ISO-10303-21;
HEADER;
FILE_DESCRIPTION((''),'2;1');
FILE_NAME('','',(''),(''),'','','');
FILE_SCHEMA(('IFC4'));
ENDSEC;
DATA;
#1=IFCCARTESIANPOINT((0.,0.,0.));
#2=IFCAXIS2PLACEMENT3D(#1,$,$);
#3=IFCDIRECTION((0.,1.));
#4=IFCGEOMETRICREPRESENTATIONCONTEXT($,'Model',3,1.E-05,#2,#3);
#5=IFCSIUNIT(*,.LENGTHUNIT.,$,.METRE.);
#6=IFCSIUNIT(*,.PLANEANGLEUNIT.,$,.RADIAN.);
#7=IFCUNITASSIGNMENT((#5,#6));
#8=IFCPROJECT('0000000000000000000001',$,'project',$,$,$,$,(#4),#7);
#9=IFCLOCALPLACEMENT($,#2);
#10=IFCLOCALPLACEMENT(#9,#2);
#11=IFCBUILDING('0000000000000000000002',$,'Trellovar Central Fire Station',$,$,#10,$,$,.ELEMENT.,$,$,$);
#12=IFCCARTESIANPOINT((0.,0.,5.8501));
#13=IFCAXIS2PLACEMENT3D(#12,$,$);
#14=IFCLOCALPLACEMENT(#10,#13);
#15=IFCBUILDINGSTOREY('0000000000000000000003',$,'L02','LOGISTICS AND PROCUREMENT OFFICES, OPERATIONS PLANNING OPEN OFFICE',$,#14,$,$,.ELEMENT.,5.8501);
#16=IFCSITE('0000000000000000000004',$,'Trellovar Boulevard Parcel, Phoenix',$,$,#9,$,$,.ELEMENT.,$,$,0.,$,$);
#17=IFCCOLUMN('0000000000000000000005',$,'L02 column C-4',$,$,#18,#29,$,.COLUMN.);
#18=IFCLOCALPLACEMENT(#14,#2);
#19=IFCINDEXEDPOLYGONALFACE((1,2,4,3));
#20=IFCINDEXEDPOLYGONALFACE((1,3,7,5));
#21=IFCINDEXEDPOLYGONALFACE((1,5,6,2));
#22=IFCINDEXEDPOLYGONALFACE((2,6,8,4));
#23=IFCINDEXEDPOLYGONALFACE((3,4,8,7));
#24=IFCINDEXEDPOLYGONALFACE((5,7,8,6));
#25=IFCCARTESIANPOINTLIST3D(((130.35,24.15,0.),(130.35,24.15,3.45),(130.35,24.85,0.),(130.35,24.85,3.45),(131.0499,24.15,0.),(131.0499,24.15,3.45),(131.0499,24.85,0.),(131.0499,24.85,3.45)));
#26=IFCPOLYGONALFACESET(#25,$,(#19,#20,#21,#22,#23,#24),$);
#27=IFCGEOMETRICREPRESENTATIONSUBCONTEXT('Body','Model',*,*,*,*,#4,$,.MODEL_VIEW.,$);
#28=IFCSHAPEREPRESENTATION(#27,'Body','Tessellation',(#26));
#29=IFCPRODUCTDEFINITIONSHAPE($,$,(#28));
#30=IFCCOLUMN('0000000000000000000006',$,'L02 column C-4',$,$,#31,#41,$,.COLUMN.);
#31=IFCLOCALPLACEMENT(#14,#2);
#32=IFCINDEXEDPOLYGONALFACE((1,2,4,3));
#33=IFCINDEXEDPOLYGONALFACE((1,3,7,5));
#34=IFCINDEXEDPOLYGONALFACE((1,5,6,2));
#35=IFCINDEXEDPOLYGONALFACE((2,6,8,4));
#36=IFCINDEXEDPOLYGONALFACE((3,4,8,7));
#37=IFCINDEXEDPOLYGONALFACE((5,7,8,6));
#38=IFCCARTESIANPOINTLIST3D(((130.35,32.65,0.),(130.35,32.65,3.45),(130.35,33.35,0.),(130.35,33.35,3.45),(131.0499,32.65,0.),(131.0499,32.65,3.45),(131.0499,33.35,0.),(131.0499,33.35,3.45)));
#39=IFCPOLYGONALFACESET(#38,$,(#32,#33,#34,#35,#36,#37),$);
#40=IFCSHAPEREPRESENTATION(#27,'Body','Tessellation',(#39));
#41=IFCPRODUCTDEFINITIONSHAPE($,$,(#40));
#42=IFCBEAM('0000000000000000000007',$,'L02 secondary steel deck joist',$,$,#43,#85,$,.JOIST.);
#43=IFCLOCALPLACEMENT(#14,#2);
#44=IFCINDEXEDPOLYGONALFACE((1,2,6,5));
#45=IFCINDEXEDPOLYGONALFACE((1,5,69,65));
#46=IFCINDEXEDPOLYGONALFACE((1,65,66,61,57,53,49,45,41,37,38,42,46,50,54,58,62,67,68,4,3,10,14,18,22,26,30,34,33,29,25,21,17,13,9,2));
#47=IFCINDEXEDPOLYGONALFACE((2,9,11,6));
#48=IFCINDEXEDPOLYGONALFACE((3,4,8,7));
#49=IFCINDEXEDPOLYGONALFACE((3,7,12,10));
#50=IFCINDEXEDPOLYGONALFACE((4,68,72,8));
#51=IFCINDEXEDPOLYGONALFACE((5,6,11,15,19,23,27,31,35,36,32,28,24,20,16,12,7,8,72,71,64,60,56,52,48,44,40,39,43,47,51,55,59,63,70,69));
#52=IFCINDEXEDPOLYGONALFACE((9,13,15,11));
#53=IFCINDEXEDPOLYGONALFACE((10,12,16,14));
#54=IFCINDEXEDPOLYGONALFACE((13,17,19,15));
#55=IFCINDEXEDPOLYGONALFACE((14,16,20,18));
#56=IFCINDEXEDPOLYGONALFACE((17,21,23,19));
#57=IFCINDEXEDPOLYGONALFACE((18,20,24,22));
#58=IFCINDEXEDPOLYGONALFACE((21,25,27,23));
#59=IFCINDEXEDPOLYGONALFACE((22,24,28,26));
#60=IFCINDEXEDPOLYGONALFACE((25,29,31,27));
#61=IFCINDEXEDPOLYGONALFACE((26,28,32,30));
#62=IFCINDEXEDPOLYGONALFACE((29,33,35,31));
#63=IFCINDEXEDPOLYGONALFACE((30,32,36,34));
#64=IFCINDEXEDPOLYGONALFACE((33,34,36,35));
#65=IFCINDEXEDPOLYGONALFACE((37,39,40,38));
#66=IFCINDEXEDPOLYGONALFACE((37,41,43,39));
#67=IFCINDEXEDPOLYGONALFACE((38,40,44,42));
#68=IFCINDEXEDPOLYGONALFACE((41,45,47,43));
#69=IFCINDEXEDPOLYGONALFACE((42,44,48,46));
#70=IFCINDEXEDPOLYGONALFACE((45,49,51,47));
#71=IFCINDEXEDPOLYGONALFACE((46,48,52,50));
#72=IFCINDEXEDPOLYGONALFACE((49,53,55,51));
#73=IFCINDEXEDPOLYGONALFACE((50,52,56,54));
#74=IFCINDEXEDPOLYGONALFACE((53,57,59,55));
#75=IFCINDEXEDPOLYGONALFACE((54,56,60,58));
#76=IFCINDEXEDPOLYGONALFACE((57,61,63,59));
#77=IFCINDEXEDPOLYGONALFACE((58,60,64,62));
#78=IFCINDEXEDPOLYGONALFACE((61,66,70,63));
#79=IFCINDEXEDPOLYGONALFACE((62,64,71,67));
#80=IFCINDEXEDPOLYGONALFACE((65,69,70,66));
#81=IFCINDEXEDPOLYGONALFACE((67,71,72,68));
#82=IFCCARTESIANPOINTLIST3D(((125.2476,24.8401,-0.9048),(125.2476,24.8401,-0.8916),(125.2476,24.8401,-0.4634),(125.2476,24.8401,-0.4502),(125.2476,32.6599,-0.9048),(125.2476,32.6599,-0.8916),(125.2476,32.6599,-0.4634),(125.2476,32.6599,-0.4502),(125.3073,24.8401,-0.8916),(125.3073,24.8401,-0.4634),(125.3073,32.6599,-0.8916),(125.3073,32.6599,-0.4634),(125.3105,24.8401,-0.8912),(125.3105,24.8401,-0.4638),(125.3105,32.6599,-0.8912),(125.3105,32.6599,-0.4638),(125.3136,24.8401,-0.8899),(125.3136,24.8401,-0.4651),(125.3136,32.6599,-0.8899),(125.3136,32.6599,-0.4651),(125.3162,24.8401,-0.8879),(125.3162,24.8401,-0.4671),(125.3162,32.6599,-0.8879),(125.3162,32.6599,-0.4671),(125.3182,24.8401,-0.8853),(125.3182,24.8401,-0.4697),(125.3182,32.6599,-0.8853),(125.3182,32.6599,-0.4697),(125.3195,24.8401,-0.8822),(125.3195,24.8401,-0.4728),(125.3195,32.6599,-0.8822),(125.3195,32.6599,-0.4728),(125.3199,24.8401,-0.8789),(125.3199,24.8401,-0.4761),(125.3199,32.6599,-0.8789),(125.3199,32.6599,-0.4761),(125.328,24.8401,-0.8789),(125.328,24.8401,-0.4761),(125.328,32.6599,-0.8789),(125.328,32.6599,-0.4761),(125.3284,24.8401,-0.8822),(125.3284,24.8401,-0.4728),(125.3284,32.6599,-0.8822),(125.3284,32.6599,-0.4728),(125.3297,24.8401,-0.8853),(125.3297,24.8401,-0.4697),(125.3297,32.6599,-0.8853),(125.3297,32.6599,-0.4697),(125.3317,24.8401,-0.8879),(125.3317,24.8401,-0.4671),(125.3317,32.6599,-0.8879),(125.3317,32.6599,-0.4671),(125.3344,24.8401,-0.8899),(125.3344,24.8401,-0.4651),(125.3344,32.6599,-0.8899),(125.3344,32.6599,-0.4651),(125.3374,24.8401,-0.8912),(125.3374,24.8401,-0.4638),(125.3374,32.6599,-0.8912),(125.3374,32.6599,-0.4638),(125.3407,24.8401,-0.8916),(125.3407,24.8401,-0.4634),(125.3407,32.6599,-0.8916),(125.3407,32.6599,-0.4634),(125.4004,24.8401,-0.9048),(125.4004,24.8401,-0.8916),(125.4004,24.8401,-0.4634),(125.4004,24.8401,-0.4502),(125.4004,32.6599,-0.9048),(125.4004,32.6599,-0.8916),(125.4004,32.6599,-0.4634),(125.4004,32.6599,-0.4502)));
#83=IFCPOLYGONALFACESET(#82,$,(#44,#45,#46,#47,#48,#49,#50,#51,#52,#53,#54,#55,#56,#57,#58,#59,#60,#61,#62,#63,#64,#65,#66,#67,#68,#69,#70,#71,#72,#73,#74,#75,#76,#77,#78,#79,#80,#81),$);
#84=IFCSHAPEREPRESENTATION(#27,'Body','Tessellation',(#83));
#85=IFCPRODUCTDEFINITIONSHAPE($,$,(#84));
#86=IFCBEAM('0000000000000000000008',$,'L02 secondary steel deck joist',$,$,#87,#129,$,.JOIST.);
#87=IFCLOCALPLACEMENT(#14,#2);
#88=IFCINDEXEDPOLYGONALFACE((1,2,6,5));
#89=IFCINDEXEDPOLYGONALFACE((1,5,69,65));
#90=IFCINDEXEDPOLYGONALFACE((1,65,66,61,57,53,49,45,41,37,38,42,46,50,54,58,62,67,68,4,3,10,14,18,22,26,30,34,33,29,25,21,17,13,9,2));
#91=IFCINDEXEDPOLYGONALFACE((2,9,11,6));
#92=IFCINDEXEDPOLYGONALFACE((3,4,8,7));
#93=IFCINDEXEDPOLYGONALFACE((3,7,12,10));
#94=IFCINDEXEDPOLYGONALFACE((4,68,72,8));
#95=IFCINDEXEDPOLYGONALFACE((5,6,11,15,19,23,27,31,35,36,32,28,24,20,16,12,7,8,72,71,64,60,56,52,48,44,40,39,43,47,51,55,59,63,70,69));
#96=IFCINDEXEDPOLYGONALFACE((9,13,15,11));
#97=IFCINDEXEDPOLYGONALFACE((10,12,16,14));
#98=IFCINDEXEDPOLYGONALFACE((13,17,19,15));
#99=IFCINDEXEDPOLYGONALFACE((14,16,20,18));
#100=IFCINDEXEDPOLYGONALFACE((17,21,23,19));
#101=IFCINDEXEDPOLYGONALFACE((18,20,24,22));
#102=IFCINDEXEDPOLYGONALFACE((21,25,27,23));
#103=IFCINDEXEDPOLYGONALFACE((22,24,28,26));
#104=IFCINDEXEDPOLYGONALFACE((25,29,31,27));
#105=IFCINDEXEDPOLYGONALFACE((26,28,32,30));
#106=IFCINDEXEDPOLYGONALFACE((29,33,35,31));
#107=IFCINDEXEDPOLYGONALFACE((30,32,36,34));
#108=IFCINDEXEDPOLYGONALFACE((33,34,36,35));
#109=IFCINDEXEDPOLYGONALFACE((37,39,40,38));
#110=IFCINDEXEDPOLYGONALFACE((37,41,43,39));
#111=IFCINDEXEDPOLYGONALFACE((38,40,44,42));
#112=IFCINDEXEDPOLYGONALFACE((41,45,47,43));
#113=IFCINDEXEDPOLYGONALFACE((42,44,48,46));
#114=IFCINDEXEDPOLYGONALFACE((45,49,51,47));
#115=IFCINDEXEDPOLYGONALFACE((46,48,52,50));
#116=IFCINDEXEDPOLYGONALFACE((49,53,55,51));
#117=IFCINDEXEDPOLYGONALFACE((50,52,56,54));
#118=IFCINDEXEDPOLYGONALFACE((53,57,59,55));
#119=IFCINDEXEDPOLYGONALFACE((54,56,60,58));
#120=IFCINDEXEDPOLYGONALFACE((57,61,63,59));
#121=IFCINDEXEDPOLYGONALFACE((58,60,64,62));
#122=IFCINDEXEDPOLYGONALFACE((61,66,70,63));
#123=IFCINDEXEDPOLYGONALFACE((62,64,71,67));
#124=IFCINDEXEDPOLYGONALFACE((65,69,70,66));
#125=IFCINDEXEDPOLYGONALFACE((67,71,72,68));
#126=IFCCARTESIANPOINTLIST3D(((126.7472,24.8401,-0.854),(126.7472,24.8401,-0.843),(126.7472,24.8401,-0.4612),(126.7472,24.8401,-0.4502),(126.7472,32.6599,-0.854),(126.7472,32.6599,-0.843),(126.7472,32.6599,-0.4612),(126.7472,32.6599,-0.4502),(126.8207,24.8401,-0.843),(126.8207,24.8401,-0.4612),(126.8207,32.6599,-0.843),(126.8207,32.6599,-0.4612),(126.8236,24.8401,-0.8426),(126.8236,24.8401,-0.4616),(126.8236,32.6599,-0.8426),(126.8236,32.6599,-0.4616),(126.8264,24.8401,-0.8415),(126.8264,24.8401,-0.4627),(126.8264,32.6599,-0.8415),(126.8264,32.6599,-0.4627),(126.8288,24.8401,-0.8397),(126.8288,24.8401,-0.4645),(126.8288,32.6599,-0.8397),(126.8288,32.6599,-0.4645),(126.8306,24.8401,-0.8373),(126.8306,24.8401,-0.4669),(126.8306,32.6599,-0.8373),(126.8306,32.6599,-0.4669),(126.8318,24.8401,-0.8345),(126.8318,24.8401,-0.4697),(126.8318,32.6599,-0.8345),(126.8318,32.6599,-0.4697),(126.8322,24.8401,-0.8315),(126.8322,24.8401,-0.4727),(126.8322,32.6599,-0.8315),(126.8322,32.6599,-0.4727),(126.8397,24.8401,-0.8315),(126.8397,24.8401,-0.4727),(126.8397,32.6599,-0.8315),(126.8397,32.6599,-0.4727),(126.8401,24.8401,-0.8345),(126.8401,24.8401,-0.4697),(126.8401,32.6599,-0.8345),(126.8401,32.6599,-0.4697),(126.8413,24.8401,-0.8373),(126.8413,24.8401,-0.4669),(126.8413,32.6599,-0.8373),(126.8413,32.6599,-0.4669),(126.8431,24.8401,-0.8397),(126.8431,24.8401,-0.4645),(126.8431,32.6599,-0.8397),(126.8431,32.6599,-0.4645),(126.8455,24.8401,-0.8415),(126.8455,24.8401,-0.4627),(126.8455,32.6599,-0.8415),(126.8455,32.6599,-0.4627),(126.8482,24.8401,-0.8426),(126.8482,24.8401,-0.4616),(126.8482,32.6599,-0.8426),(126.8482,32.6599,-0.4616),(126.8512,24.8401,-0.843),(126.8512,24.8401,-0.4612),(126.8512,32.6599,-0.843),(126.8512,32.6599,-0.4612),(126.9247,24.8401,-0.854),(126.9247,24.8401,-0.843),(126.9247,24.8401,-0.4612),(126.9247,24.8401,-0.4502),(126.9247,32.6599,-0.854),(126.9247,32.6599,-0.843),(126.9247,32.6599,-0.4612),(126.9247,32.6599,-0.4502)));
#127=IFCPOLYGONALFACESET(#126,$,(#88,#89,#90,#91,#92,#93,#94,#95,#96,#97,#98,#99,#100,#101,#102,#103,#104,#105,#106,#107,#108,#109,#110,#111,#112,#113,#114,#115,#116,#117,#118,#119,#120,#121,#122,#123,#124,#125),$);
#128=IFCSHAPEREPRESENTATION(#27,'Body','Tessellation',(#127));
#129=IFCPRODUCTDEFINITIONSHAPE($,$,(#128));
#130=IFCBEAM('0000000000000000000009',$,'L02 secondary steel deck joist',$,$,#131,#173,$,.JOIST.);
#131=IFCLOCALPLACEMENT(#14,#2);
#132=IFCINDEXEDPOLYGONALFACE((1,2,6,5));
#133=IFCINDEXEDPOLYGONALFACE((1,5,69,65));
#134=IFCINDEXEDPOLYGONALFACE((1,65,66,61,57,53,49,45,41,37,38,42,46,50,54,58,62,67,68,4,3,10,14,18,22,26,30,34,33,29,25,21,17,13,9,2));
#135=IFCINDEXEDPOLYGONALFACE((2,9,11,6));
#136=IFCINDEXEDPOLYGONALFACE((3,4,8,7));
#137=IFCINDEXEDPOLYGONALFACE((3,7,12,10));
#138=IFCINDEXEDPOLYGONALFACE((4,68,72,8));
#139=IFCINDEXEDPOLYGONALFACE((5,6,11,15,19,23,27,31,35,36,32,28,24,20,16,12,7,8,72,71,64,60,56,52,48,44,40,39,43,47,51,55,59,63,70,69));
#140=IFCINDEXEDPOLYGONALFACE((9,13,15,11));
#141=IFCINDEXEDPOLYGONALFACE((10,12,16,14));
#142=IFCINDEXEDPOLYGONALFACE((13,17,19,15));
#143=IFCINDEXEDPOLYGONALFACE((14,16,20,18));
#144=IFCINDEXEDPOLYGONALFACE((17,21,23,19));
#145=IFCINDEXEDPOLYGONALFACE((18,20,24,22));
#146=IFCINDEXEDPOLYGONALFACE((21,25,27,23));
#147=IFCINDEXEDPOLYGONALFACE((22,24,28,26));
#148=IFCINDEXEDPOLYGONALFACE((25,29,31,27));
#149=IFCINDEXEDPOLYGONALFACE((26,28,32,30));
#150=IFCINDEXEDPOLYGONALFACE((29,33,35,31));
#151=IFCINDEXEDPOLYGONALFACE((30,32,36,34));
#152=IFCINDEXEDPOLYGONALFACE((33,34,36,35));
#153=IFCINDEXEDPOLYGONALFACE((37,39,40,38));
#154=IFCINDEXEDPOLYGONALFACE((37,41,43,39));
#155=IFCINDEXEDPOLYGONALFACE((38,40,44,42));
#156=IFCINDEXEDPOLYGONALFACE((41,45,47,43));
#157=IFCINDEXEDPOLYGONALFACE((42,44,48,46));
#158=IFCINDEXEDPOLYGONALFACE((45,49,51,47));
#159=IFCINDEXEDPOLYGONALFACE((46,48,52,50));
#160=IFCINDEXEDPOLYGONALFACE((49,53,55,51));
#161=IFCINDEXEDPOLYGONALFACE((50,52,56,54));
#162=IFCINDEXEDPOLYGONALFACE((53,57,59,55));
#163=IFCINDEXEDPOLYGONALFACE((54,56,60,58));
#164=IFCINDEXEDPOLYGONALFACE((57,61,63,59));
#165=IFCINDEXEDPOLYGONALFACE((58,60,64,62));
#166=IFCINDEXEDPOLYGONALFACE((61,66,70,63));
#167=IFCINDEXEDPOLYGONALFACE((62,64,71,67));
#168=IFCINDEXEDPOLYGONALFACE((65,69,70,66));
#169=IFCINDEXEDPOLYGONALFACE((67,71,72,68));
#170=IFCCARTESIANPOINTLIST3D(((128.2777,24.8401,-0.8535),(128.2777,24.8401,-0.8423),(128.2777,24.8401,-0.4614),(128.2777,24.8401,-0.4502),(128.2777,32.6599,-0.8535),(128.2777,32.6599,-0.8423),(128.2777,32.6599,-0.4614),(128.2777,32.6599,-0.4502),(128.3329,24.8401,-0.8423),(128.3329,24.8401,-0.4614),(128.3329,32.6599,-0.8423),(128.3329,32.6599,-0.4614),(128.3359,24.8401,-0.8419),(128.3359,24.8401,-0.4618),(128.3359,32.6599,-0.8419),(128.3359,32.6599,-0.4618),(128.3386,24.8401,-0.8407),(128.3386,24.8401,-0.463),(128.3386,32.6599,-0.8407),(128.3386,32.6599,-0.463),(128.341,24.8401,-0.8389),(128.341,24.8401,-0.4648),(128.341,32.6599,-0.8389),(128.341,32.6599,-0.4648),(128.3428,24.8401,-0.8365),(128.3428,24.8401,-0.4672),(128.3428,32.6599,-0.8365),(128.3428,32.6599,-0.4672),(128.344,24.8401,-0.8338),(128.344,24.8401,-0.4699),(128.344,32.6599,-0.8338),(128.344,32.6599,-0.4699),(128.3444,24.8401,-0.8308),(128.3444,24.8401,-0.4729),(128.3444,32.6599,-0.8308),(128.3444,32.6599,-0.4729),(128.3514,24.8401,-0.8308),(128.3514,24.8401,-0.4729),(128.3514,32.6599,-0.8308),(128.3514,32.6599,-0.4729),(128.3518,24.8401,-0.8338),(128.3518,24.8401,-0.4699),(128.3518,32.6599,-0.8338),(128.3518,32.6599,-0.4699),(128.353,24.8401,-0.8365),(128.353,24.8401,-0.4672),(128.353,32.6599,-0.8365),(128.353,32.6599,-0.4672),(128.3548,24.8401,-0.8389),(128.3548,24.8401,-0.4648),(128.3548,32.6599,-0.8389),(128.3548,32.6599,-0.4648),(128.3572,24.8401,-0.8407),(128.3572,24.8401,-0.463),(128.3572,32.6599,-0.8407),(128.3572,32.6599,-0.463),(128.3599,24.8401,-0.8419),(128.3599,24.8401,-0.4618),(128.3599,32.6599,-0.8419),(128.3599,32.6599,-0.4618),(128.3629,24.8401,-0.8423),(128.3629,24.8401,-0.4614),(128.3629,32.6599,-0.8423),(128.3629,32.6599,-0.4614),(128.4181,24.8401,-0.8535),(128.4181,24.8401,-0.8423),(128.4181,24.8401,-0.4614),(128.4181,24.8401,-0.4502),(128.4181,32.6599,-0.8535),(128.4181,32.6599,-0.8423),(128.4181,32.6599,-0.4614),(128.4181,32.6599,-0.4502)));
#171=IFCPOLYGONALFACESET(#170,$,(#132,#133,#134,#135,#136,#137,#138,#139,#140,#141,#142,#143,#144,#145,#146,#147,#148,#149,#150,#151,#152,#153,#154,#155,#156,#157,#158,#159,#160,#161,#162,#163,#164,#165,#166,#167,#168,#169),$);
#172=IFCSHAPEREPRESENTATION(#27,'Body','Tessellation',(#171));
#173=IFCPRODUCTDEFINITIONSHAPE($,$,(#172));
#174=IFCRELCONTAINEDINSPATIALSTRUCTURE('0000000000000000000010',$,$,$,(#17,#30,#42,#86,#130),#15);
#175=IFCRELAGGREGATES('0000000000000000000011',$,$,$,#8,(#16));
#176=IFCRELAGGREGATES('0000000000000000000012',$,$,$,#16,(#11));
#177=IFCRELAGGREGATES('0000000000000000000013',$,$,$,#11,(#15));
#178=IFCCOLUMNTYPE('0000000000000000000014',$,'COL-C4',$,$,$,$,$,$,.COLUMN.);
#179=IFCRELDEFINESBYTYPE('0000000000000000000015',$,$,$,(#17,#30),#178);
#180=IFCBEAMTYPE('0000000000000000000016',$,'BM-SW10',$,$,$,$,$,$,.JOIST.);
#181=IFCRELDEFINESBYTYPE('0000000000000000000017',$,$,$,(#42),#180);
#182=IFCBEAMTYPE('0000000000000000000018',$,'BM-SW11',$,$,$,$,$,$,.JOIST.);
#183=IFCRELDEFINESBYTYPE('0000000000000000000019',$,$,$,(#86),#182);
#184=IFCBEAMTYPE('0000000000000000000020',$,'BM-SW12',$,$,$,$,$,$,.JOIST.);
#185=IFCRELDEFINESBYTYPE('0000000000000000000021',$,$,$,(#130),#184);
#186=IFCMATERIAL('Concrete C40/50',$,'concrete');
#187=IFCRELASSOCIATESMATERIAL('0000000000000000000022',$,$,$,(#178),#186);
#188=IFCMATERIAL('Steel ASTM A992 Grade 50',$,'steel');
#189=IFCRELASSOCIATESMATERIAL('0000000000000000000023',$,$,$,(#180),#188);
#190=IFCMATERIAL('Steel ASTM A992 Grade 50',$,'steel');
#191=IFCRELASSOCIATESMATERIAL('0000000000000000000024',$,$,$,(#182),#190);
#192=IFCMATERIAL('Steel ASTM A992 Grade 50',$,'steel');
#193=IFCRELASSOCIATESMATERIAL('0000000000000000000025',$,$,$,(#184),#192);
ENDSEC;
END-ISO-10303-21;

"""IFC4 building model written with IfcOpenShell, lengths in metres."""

from ifc_helpers import new_model, si_unit, direction, frame, origin, origin_2d, place, context, subcontext, project, spatial, rectangle, i_section, extrude, material, material_profile, profile_set, type_object, element, save


model = new_model("IFC4")

# Units and contexts
model_context = context("Model", 3, precision=1e-05, world=origin(), true_north=direction((0.0, 1.0)))
body_context = subcontext(model_context, "Body", "Model", "MODEL_VIEW")
ifc_project = project(units=[si_unit("LENGTHUNIT", "METRE"), si_unit("PLANEANGLEUNIT", "RADIAN")], contexts=[model_context])

# Site, building, storey
site_placement = place(None, origin())
site = spatial("IfcSite", under=ifc_project, at=site_placement, Name="Trellovar Boulevard Parcel, Phoenix", CompositionType="ELEMENT", RefElevation=0.0)
building_placement = place(site_placement, origin())
building = spatial("IfcBuilding", under=site, at=building_placement, Name="Trellovar Central Fire Station", CompositionType="ELEMENT")
storey_placement = place(building_placement, frame((0.0, 0.0, 5.8501)))
storey = spatial("IfcBuildingStorey", under=building, at=storey_placement, Name="L02", Description="LOGISTICS AND PROCUREMENT OFFICES, OPERATIONS PLANNING OPEN OFFICE", CompositionType="ELEMENT", Elevation=5.8501)

# Columns
ifc_material_1 = material(Name="Concrete C40/50", Category="concrete")
ifc_material_profile_1 = material_profile(ifc_material_1, rectangle(XDim=0.7, YDim=0.7, at=origin_2d()), Name="RC700X700")
ifc_profile_set_1 = profile_set([ifc_material_profile_1], Name="Concrete C40/50")
column_type = type_object("IfcColumnType", Name="COL-C4", PredefinedType="COLUMN", material=ifc_profile_set_1)
for number, where, z_axis, x_axis, name in (
    (1, (130.7, 24.5, 0.0), (0.0, 0.0, 1.0), (1.0, 0.0, 0.0), "L02 column C-4"),
    (2, (130.7, 33.0, 0.0), (0.0, 0.0, 1.0), (1.0, 0.0, 0.0), "L02 column C-4"),
):
    element("IfcColumn", number, at=place(storey_placement, frame(where, z_axis=z_axis, x_axis=x_axis)), inside=storey, type_object=column_type, Name=name, PredefinedType="COLUMN", context=body_context, shape_type="SweptSolid", body=[
        extrude(rectangle(XDim=0.7, YDim=0.7, at=origin_2d()), origin(), (0.0, 0.0, 1.0), 3.45),
    ])

# Beams
ifc_material_2 = material(Name="Steel ASTM A992 Grade 50", Category="steel")
ifc_material_profile_2 = material_profile(ifc_material_2, i_section(OverallWidth=0.1528, OverallDepth=0.4546, WebThickness=0.0081, FlangeThickness=0.0132, FilletRadius=0.0127, at=origin_2d()), Name="W18X40")
ifc_profile_set_2 = profile_set([ifc_material_profile_2], Name="Steel ASTM A992 Grade 50")
beam_type_1 = type_object("IfcBeamType", Name="BM-SW10", PredefinedType="JOIST", material=ifc_profile_set_2)
beam_1_placement = place(storey_placement, frame((125.324, 24.8401, -0.6775), z_axis=(0.0, 1.0, 0.0), x_axis=(-1.0, 0.0, 0.0)))
element("IfcBeam", 3, at=beam_1_placement, inside=storey, type_object=beam_type_1, Name="L02 secondary steel deck joist", PredefinedType="JOIST", context=body_context, shape_type="SweptSolid", body=[
    extrude(i_section(OverallWidth=0.1528, OverallDepth=0.4546, WebThickness=0.0081, FlangeThickness=0.0132, FilletRadius=0.0127, at=origin_2d()), origin(), (0.0, 0.0, 1.0), 7.8198),
])
ifc_material_3 = material(Name="Steel ASTM A992 Grade 50", Category="steel")
ifc_material_profile_3 = material_profile(ifc_material_3, i_section(OverallWidth=0.1775, OverallDepth=0.4038, WebThickness=0.0076, FlangeThickness=0.011, FilletRadius=0.0115, at=origin_2d()), Name="W16X36")
ifc_profile_set_3 = profile_set([ifc_material_profile_3], Name="Steel ASTM A992 Grade 50")
beam_type_2 = type_object("IfcBeamType", Name="BM-SW11", PredefinedType="JOIST", material=ifc_profile_set_3)
beam_2_placement = place(storey_placement, frame((126.8359, 24.8401, -0.6521), z_axis=(0.0, 1.0, 0.0), x_axis=(-1.0, 0.0, 0.0)))
element("IfcBeam", 4, at=beam_2_placement, inside=storey, type_object=beam_type_2, Name="L02 secondary steel deck joist", PredefinedType="JOIST", context=body_context, shape_type="SweptSolid", body=[
    extrude(i_section(OverallWidth=0.1775, OverallDepth=0.4038, WebThickness=0.0076, FlangeThickness=0.011, FilletRadius=0.0115, at=origin_2d()), origin(), (0.0, 0.0, 1.0), 7.8198),
])
ifc_material_4 = material(Name="Steel ASTM A992 Grade 50", Category="steel")
ifc_material_profile_4 = material_profile(ifc_material_4, i_section(OverallWidth=0.1404, OverallDepth=0.4033, WebThickness=0.0071, FlangeThickness=0.0112, FilletRadius=0.0115, at=origin_2d()), Name="W16X31")
ifc_profile_set_4 = profile_set([ifc_material_profile_4], Name="Steel ASTM A992 Grade 50")
beam_type_3 = type_object("IfcBeamType", Name="BM-SW12", PredefinedType="JOIST", material=ifc_profile_set_4)
beam_3_placement = place(storey_placement, frame((128.3479, 24.8401, -0.6519), z_axis=(0.0, 1.0, 0.0), x_axis=(-1.0, 0.0, 0.0)))
element("IfcBeam", 5, at=beam_3_placement, inside=storey, type_object=beam_type_3, Name="L02 secondary steel deck joist", PredefinedType="JOIST", context=body_context, shape_type="SweptSolid", body=[
    extrude(i_section(OverallWidth=0.1404, OverallDepth=0.4033, WebThickness=0.0071, FlangeThickness=0.0112, FilletRadius=0.0115, at=origin_2d()), origin(), (0.0, 0.0, 1.0), 7.8198),
])

save(model, "model.ifc")
